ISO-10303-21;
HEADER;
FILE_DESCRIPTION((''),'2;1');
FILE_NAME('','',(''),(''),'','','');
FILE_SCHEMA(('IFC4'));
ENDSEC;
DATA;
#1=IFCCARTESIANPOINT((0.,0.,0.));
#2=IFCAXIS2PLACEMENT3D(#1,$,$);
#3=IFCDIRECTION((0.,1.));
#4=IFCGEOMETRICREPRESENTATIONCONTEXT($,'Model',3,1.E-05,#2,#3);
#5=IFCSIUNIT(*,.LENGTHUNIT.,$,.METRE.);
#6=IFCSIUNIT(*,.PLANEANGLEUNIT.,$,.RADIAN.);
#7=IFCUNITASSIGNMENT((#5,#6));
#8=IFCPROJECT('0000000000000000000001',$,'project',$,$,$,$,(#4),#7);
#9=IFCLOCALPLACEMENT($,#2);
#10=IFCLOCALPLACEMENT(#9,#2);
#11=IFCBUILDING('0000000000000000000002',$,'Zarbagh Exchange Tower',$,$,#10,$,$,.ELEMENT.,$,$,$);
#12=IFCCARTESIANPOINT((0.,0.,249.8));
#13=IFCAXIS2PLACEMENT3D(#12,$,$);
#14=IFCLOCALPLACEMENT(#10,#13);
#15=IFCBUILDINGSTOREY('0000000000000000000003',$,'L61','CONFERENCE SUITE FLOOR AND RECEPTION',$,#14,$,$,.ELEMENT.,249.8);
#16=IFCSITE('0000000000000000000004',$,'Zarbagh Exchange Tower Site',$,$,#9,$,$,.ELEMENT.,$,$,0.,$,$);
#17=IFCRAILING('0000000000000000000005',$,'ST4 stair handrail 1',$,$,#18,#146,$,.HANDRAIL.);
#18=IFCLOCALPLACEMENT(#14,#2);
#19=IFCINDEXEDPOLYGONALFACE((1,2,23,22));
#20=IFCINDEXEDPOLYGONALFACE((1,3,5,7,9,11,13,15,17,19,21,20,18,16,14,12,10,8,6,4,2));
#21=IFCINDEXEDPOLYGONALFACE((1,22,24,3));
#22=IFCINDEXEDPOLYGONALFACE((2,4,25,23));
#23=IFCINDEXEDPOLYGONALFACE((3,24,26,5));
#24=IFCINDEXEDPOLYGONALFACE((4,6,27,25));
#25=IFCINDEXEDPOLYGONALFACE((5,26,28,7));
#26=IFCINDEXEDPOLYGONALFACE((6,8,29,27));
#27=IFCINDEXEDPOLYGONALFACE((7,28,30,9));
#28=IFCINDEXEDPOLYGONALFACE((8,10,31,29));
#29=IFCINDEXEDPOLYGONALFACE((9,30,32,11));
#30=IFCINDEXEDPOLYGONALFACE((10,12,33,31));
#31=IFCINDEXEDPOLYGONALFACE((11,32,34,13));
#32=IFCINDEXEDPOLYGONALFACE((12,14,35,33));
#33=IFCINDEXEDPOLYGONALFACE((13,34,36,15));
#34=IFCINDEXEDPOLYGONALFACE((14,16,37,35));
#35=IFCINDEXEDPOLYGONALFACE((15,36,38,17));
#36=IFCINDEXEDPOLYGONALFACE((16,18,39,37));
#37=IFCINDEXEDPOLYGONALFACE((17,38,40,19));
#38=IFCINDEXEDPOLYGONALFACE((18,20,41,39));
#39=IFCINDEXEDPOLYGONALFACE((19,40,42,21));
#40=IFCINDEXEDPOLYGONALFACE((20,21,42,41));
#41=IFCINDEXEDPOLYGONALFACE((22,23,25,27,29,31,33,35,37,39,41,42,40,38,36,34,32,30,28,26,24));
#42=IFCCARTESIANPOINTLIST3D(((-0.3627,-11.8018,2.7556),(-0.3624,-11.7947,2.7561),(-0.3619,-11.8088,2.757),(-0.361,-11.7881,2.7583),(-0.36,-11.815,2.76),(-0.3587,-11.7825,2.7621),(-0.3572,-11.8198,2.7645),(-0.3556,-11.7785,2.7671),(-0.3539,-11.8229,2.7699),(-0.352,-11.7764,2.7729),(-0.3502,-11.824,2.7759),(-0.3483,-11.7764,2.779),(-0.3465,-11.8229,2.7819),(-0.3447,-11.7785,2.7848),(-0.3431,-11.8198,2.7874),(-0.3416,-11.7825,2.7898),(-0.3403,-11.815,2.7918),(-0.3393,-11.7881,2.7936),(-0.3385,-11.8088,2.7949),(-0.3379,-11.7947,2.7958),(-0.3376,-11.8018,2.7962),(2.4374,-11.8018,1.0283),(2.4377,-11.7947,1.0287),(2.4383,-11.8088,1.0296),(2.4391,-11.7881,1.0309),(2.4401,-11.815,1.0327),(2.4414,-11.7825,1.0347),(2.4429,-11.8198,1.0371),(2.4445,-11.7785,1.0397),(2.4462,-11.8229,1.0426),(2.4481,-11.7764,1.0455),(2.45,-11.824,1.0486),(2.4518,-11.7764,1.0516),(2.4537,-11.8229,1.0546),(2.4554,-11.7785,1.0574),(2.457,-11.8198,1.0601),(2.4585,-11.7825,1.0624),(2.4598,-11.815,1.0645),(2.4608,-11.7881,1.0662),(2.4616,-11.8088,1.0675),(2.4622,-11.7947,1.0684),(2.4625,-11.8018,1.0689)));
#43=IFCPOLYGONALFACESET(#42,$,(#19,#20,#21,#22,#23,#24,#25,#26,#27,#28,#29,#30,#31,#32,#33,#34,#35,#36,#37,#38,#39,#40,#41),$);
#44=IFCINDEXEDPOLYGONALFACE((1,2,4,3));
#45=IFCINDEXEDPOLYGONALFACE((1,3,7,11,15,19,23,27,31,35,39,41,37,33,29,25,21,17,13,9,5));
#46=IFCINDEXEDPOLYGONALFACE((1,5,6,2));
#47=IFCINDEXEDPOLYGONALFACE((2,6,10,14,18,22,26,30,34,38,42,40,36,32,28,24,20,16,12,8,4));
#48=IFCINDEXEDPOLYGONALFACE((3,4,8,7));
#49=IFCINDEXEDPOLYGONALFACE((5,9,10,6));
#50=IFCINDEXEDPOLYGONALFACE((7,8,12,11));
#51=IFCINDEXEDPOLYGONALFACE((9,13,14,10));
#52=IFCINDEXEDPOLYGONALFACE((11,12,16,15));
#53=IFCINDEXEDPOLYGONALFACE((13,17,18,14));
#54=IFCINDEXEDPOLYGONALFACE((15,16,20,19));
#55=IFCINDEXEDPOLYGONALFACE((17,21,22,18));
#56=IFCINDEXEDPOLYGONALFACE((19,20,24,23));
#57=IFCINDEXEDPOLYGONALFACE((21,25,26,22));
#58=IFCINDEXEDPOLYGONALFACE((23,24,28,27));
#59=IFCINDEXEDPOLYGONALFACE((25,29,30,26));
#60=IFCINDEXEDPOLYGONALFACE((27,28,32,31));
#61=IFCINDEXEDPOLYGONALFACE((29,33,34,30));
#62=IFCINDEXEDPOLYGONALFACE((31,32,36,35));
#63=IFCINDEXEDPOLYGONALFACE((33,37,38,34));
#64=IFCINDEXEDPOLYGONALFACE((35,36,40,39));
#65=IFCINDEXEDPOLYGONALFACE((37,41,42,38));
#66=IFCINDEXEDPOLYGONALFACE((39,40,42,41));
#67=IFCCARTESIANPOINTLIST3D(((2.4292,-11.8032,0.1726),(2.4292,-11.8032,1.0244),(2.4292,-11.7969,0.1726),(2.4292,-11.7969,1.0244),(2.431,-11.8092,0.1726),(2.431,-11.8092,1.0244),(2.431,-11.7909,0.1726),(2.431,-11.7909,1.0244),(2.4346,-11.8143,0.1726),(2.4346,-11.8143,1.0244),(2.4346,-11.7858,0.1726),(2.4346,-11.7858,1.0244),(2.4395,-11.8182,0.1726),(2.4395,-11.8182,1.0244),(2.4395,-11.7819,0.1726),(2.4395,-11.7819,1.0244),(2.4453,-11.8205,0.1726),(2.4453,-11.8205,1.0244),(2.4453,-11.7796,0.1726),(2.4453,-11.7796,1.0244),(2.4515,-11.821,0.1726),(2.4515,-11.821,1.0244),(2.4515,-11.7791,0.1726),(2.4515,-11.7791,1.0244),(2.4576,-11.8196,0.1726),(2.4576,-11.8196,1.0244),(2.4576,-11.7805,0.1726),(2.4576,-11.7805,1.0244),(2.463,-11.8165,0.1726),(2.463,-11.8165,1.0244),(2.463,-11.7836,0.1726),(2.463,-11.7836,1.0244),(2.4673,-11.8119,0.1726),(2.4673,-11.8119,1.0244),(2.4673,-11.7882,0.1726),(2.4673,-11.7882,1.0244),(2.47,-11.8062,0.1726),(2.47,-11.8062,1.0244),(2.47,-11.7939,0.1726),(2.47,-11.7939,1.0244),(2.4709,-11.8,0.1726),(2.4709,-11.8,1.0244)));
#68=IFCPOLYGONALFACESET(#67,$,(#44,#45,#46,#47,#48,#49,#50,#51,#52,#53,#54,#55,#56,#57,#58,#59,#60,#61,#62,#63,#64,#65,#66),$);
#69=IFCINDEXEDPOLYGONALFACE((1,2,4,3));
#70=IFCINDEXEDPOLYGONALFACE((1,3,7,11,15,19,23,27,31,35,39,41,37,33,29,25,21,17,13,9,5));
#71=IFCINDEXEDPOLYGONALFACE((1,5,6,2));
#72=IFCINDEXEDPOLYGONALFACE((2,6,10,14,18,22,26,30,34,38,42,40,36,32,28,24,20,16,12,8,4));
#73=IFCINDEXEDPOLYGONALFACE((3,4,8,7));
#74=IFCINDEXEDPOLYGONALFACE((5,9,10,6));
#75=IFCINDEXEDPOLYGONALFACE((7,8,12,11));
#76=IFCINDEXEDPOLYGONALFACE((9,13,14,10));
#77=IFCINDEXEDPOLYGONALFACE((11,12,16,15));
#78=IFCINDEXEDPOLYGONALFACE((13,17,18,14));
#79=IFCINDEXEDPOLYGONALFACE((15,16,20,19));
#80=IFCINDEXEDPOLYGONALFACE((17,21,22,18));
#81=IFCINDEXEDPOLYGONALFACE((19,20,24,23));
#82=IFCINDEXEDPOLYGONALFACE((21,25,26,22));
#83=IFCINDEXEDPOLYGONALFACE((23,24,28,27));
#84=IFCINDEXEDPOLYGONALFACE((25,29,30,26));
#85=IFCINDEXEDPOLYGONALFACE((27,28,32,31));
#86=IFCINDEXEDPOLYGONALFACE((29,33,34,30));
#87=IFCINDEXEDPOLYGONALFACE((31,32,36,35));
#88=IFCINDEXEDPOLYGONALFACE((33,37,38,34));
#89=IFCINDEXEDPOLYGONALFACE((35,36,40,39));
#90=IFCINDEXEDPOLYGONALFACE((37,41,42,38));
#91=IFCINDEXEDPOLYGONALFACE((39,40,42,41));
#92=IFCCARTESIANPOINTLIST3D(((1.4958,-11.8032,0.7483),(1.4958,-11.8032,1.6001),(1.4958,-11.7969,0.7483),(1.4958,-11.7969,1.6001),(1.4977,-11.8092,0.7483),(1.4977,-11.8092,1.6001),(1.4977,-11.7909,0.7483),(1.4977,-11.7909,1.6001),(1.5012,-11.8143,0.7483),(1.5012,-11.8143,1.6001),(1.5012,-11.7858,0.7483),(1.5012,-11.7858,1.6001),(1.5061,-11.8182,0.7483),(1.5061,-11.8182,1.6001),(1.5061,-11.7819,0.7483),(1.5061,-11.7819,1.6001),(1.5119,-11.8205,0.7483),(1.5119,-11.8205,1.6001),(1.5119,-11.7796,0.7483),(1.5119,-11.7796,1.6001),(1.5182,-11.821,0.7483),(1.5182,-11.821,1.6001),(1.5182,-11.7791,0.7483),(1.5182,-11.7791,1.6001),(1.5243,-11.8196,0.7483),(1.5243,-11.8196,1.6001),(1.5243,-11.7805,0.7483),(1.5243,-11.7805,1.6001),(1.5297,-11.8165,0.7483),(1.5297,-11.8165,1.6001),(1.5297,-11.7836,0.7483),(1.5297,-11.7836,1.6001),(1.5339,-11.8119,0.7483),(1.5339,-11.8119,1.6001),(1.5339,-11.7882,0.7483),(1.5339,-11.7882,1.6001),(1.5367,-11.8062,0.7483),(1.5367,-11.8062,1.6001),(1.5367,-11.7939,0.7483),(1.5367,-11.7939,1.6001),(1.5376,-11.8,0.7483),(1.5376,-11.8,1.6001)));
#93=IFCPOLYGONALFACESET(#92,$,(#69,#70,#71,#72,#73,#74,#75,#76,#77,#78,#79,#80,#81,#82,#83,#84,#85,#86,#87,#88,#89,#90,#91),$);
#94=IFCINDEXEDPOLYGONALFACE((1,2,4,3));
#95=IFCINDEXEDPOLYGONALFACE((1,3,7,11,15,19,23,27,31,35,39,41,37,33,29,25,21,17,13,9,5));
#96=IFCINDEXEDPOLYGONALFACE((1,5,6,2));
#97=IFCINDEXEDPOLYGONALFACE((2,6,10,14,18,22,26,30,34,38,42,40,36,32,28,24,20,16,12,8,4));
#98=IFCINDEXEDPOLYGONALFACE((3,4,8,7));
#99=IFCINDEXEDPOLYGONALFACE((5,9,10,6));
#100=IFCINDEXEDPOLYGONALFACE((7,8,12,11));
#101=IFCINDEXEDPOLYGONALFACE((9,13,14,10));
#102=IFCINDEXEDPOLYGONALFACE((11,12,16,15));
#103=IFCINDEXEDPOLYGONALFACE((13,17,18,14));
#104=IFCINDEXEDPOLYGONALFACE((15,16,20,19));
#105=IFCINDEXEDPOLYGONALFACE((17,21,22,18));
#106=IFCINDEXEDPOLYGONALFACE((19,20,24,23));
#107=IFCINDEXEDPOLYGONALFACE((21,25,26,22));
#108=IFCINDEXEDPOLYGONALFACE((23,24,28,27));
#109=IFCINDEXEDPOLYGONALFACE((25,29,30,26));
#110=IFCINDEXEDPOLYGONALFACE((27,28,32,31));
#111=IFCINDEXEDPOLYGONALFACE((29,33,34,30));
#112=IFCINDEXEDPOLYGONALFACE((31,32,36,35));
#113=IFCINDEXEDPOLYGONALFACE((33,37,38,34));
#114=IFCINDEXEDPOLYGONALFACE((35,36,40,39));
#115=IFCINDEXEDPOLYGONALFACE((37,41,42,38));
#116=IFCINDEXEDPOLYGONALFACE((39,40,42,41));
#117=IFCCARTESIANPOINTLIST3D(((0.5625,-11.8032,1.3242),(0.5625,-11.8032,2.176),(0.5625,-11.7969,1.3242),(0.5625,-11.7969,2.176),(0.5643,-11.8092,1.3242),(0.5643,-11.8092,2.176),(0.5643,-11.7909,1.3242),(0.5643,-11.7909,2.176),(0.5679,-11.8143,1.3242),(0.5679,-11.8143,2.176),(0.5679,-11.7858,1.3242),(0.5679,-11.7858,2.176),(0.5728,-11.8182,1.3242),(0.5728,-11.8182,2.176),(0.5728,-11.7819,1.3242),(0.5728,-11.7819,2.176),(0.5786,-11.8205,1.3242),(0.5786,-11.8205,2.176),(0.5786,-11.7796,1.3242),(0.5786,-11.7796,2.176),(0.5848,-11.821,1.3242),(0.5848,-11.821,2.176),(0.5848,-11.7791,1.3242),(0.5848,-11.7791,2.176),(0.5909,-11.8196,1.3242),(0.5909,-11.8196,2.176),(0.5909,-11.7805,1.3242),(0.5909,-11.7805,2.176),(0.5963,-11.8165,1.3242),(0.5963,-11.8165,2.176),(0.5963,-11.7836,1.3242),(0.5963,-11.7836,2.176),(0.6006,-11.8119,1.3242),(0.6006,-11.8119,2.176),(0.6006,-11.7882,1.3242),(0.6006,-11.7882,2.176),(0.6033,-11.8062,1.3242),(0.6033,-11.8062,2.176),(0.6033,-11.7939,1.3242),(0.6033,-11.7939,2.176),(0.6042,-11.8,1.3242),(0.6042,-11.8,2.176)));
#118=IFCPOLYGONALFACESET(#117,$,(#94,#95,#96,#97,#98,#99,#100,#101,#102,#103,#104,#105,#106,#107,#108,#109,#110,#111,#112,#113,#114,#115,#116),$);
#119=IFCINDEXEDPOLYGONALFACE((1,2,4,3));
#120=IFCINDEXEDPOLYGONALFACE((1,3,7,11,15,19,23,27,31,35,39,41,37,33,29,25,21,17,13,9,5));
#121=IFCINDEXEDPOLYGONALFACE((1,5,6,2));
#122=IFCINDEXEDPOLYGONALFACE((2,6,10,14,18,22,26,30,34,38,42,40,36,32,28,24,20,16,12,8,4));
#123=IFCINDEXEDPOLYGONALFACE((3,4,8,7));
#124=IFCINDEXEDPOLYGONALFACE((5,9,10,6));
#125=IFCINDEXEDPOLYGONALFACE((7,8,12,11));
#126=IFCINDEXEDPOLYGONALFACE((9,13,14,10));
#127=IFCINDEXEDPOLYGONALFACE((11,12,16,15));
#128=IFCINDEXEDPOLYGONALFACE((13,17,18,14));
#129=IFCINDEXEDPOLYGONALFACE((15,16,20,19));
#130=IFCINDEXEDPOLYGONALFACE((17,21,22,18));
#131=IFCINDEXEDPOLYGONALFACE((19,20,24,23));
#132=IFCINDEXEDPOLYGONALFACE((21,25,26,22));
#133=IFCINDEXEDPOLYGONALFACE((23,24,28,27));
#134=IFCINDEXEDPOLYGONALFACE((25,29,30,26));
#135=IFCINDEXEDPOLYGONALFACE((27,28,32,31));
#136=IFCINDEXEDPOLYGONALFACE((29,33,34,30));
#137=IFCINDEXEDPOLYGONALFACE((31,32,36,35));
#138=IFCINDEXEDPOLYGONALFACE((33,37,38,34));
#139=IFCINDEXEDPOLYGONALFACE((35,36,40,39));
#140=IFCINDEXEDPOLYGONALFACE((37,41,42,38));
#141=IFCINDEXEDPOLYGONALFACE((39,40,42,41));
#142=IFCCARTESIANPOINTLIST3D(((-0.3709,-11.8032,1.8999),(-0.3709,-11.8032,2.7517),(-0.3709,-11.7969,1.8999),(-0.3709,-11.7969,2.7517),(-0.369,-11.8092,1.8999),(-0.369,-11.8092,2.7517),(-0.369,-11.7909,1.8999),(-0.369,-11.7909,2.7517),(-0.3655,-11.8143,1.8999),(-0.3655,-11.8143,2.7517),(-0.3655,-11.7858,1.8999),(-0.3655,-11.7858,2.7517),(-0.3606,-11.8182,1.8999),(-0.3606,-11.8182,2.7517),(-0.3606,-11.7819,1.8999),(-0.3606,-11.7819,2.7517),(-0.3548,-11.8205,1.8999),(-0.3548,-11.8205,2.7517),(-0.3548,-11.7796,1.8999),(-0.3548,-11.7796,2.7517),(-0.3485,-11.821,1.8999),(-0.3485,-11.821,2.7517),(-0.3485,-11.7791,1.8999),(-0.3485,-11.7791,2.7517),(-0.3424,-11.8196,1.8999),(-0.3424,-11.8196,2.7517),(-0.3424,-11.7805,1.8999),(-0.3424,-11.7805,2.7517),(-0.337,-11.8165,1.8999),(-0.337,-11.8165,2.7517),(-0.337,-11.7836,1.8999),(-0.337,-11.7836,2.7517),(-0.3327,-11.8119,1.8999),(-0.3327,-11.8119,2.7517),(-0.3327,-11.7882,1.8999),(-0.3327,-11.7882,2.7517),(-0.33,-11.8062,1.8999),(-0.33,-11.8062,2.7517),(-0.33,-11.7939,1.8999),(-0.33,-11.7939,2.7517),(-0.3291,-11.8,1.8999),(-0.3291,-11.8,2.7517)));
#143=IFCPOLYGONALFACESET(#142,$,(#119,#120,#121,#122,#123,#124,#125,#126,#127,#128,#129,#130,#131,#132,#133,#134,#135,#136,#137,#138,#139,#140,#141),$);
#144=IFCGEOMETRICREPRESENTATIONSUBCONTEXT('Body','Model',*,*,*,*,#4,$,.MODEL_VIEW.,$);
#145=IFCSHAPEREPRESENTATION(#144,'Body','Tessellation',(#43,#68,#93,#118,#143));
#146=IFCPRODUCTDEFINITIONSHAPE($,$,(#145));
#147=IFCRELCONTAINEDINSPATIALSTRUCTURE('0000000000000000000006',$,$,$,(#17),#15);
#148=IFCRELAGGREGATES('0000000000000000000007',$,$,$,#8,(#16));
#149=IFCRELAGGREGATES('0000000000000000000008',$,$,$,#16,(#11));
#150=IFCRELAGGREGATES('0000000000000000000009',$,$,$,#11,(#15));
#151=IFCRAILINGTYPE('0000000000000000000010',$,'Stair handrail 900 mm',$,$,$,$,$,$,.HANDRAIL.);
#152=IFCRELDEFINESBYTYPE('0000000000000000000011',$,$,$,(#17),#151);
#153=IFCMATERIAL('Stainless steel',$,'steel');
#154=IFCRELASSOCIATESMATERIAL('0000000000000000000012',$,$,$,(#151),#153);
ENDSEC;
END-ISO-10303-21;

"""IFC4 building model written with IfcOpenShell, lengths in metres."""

from ifc_helpers import new_model, si_unit, direction, frame, origin, origin_2d, place, context, subcontext, project, spatial, circle, extrude, material, type_object, element, save


model = new_model("IFC4")

# Units and contexts
model_context = context("Model", 3, precision=1e-05, world=origin(), true_north=direction((0.0, 1.0)))
body_context = subcontext(model_context, "Body", "Model", "MODEL_VIEW")
ifc_project = project(units=[si_unit("LENGTHUNIT", "METRE"), si_unit("PLANEANGLEUNIT", "RADIAN")], contexts=[model_context])

# Site, building, storey
site_placement = place(None, origin())
site = spatial("IfcSite", under=ifc_project, at=site_placement, Name="Zarbagh Exchange Tower Site", CompositionType="ELEMENT", RefElevation=0.0)
building_placement = place(site_placement, origin())
building = spatial("IfcBuilding", under=site, at=building_placement, Name="Zarbagh Exchange Tower", CompositionType="ELEMENT")
storey_placement = place(building_placement, frame((0.0, 0.0, 249.8)))
storey = spatial("IfcBuildingStorey", under=building, at=storey_placement, Name="L61", Description="CONFERENCE SUITE FLOOR AND RECEPTION", CompositionType="ELEMENT", Elevation=249.8)

# Shared definitions
ifc_material_1 = material(Name="Stainless steel", Category="steel")

# Railing
railing_type = type_object("IfcRailingType", Name="Stair handrail 900 mm", PredefinedType="HANDRAIL", material=ifc_material_1)
railing_1_placement = place(storey_placement, frame((2.45, -11.8, 0.1726)))
element("IfcRailing", 1, at=railing_1_placement, inside=storey, type_object=railing_type, Name="ST4 stair handrail 1", PredefinedType="HANDRAIL", context=body_context, shape_type="SweptSolid", body=[
    extrude(circle(Radius=0.0239, at=origin_2d()), frame((0.0, 0.0, 0.876), z_axis=(-0.85109, 0.0, 0.52502), x_axis=(0.0, -1.0, 0.0)), (0.0, 0.0, 1.0), 3.29),
    extrude(circle(Radius=0.021, at=origin_2d()), origin(), (0.0, 0.0, 1.0), 0.8518),
    extrude(circle(Radius=0.021, at=origin_2d()), frame((-0.9333, 0.0, 0.5757)), (0.0, 0.0, 1.0), 0.8518),
    extrude(circle(Radius=0.021, at=origin_2d()), frame((-1.8667, 0.0, 1.1516)), (0.0, 0.0, 1.0), 0.8518),
    extrude(circle(Radius=0.021, at=origin_2d()), frame((-2.8, 0.0, 1.7273)), (0.0, 0.0, 1.0), 0.8518),
])

save(model, "model.ifc")
